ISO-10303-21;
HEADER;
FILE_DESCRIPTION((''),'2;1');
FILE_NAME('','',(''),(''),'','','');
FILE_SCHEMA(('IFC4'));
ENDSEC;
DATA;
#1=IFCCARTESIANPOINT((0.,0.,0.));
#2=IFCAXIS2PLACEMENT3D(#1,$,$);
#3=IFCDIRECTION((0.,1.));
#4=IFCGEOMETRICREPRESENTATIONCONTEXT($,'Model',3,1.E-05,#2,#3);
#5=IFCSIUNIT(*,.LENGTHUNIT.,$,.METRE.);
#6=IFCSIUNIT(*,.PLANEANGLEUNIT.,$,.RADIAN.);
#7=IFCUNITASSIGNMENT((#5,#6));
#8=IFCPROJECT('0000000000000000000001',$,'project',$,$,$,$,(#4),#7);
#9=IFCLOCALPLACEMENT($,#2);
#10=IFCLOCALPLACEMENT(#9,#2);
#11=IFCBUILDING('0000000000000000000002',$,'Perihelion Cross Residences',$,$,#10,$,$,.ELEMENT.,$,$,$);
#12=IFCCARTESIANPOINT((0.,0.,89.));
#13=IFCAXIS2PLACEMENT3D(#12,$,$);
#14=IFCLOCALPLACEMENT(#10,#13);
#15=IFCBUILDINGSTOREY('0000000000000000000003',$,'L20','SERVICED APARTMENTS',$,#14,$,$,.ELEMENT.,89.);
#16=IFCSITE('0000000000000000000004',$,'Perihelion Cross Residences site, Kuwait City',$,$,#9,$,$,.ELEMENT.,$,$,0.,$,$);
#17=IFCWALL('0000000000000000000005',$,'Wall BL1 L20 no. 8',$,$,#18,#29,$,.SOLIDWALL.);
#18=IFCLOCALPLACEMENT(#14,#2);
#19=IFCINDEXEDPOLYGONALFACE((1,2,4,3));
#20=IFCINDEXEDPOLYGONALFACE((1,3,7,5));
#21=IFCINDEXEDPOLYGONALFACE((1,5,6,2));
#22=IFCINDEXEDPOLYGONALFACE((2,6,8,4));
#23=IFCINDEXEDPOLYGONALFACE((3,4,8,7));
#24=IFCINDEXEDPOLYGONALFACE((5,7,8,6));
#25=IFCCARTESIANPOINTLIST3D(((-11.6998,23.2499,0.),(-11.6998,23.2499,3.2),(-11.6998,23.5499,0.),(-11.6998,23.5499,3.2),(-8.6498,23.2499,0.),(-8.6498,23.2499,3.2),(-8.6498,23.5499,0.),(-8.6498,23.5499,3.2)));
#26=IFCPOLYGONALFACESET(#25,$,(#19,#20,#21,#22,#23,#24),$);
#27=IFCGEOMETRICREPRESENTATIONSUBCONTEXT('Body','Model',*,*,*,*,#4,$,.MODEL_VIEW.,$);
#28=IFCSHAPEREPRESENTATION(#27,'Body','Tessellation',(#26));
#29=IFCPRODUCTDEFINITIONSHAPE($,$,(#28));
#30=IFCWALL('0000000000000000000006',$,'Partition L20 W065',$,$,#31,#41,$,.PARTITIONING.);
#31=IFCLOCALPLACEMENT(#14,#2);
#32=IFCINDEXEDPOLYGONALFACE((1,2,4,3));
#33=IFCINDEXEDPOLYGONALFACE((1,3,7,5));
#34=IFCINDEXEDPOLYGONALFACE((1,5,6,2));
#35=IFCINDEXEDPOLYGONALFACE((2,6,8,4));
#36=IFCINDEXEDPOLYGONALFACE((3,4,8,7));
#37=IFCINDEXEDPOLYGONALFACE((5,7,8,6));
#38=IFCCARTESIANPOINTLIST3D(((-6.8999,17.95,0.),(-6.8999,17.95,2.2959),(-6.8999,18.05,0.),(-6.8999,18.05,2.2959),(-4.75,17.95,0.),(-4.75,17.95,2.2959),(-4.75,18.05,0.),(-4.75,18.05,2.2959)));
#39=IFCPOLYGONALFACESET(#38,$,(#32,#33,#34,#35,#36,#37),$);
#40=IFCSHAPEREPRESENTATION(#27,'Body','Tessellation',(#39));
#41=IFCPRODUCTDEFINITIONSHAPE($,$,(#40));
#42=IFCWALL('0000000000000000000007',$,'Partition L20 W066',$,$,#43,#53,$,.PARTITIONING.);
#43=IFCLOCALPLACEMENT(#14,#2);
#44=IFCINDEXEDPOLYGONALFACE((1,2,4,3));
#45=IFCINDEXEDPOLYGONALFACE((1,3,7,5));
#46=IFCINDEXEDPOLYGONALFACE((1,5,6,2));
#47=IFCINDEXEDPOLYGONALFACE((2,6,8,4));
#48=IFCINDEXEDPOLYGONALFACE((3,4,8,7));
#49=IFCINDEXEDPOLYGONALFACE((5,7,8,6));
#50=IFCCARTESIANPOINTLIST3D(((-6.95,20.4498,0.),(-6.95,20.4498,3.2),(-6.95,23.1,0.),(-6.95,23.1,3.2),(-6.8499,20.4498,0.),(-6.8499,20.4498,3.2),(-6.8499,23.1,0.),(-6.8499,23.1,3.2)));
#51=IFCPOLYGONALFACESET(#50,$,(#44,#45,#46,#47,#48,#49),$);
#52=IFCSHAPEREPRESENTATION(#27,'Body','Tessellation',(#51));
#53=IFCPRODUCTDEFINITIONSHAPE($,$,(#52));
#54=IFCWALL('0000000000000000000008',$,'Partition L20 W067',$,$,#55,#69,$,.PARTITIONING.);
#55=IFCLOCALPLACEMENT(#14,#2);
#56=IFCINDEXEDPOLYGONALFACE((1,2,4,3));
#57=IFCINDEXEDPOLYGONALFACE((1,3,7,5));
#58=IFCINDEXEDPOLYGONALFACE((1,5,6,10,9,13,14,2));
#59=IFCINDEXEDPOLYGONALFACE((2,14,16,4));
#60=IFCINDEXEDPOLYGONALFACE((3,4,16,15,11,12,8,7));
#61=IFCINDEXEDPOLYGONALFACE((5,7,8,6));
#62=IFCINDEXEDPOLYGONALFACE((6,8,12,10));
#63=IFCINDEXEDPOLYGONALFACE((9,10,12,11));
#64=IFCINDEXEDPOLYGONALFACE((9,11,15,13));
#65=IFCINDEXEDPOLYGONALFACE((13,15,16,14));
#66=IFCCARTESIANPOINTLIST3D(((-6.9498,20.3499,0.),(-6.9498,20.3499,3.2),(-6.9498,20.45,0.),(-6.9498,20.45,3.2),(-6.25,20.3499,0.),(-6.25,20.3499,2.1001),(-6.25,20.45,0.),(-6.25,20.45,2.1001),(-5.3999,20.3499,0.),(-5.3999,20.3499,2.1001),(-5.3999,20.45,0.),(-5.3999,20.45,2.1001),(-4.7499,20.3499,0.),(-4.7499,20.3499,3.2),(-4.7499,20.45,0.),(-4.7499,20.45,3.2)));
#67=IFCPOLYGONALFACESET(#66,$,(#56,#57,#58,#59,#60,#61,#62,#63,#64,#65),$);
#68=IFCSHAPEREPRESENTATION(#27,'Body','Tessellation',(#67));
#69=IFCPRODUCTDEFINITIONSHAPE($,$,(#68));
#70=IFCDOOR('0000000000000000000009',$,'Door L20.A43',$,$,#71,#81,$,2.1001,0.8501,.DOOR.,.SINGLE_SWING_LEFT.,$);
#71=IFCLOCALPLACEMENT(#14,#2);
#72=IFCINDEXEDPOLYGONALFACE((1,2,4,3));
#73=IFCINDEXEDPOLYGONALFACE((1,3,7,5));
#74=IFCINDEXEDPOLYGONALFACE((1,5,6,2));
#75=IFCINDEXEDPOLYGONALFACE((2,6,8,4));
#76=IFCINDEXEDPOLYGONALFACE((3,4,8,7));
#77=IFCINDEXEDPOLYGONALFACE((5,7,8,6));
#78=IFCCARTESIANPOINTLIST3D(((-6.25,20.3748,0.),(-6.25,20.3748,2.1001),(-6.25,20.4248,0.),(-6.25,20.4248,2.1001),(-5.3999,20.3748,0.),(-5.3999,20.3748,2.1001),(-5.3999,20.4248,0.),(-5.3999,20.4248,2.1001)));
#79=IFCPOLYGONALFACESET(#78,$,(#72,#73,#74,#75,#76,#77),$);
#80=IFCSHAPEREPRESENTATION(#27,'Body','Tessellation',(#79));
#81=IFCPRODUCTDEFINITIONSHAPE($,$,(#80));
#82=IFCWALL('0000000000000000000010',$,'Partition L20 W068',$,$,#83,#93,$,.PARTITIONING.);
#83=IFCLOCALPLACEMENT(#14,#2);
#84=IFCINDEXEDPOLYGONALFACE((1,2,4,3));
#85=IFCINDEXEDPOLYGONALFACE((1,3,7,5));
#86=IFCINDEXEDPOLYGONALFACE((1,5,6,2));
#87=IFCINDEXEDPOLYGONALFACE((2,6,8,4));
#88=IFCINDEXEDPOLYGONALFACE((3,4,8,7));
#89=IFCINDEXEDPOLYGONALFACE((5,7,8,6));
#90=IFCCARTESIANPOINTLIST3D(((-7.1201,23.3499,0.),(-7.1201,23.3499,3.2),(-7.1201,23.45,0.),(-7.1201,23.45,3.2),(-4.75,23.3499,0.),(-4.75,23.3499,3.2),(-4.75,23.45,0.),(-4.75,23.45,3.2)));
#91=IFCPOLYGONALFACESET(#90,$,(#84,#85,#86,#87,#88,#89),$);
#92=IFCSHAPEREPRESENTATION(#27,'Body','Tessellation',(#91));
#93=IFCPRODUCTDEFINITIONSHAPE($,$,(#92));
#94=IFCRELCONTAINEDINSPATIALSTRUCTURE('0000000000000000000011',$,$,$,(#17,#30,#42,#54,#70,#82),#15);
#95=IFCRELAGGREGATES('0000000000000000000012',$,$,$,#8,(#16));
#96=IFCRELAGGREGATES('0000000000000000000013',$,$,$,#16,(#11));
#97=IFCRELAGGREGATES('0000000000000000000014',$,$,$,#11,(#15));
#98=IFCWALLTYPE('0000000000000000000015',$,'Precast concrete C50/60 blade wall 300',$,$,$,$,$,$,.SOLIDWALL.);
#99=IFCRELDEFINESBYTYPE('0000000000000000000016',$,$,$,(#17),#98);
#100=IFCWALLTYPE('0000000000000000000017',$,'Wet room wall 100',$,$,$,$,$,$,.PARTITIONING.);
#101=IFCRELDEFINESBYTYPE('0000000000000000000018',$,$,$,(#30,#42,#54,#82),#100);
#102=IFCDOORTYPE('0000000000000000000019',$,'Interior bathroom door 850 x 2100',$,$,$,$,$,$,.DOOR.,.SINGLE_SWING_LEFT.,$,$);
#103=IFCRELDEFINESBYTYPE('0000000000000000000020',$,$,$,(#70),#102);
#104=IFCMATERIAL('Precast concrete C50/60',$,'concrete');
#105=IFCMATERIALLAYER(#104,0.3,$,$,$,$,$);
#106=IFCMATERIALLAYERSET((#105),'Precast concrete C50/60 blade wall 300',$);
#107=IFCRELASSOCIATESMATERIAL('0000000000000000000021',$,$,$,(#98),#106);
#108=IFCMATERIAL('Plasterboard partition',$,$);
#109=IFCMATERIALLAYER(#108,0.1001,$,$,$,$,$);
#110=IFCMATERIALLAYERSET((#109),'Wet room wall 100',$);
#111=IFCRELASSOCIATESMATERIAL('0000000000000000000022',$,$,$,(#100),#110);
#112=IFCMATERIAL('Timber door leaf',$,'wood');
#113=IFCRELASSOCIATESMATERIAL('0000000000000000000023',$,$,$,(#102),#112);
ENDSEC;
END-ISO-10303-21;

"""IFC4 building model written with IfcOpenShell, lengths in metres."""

from ifc_helpers import new_model, si_unit, direction, frame, frame_2d, origin, place, context, subcontext, project, spatial, rectangle, extrude, material, layer, layer_set, type_object, element, fill, save


model = new_model("IFC4")

# Units and contexts
model_context = context("Model", 3, precision=1e-05, world=origin(), true_north=direction((0.0, 1.0)))
body_context = subcontext(model_context, "Body", "Model", "MODEL_VIEW")
ifc_project = project(units=[si_unit("LENGTHUNIT", "METRE"), si_unit("PLANEANGLEUNIT", "RADIAN")], contexts=[model_context])

# Site, building, storey
site_placement = place(None, origin())
site = spatial("IfcSite", under=ifc_project, at=site_placement, Name="Perihelion Cross Residences site, Kuwait City", CompositionType="ELEMENT", RefElevation=0.0)
building_placement = place(site_placement, origin())
building = spatial("IfcBuilding", under=site, at=building_placement, Name="Perihelion Cross Residences", CompositionType="ELEMENT")
storey_placement = place(building_placement, frame((0.0, 0.0, 89.0)))
storey = spatial("IfcBuildingStorey", under=building, at=storey_placement, Name="L20", Description="SERVICED APARTMENTS", CompositionType="ELEMENT", Elevation=89.0)

# Walls
ifc_material_1 = material(Name="Precast concrete C50/60", Category="concrete")
ifc_layer_1 = layer(ifc_material_1, 0.3)
ifc_layer_set_1 = layer_set([ifc_layer_1], Name="Precast concrete C50/60 blade wall 300")
wall_type_1 = type_object("IfcWallType", Name="Precast concrete C50/60 blade wall 300", PredefinedType="SOLIDWALL", material=ifc_layer_set_1)
wall_1_placement = place(storey_placement, frame((-8.6499, 23.3999, 0.0), z_axis=(0.0, 0.0, 1.0), x_axis=(-1.0, 0.0, 0.0)))
element("IfcWall", 1, at=wall_1_placement, inside=storey, type_object=wall_type_1, Name="Wall BL1 L20 no. 8", PredefinedType="SOLIDWALL", context=body_context, shape_type="SweptSolid", body=[
    extrude(rectangle(XDim=3.05, YDim=0.3, at=frame_2d((1.5249, 0.0))), origin(), (0.0, 0.0, 1.0), 3.2),
])
ifc_material_2 = material(Name="Plasterboard partition")
ifc_layer_2 = layer(ifc_material_2, 0.1001)
ifc_layer_set_2 = layer_set([ifc_layer_2], Name="Wet room wall 100")
wall_type_2 = type_object("IfcWallType", Name="Wet room wall 100", PredefinedType="PARTITIONING", material=ifc_layer_set_2)
wall_2_placement = place(storey_placement, frame((-6.8999, 18.0, 0.0), z_axis=(0.0, 0.0, 1.0), x_axis=(1.0, 0.0, 0.0)))
element("IfcWall", 2, at=wall_2_placement, inside=storey, type_object=wall_type_2, Name="Partition L20 W065", PredefinedType="PARTITIONING", context=body_context, shape_type="SweptSolid", body=[
    extrude(rectangle(XDim=2.1499, YDim=0.1001, at=frame_2d((1.075, 0.0))), origin(), (0.0, 0.0, 1.0), 2.2959),
])
wall_3_placement = place(storey_placement, frame((-6.8999, 23.1001, 0.0), z_axis=(0.0, 0.0, 1.0), x_axis=(0.0, -1.0, 0.0)))
element("IfcWall", 3, at=wall_3_placement, inside=storey, type_object=wall_type_2, Name="Partition L20 W066", PredefinedType="PARTITIONING", context=body_context, shape_type="SweptSolid", body=[
    extrude(rectangle(XDim=2.6501, YDim=0.1001, at=frame_2d((1.3252, 0.0))), origin(), (0.0, 0.0, 1.0), 3.2),
])

# Wall, opening, door
wall_4_placement = place(storey_placement, frame((-6.95, 20.3999, 0.0), z_axis=(0.0, 0.0, 1.0), x_axis=(1.0, 0.0, 0.0)))
wall_4 = element("IfcWall", 4, at=wall_4_placement, inside=storey, type_object=wall_type_2, Name="Partition L20 W067", PredefinedType="PARTITIONING", context=body_context, shape_type="SweptSolid", body=[
    extrude(rectangle(XDim=2.2, YDim=0.1001, at=frame_2d((1.1001, 0.0))), origin(), (0.0, 0.0, 1.0), 3.2),
])
opening_1_placement = place(wall_4_placement, frame((0.7, 0.0, 0.0)))
opening_1 = element("IfcOpeningElement", 5, at=opening_1_placement, cuts=wall_4, PredefinedType="OPENING", context=body_context, shape_type="SweptSolid", body=[
    extrude(rectangle(XDim=0.8501, YDim=2.1001, at=frame_2d((0.425, 1.05))), frame((0.0, 0.0601, 0.0), z_axis=(0.0, -1.0, 0.0), x_axis=(1.0, 0.0, 0.0)), (0.0, 0.0, 1.0), 0.1201),
])
ifc_material_3 = material(Name="Timber door leaf", Category="wood")
door_type_1 = type_object("IfcDoorType", Name="Interior bathroom door 850 x 2100", OperationType="SINGLE_SWING_LEFT", PredefinedType="DOOR", material=ifc_material_3)
door_1_placement = place(opening_1_placement, origin())
door_1 = element("IfcDoor", 6, at=door_1_placement, inside=storey, type_object=door_type_1, Name="Door L20.A43", OperationType="SINGLE_SWING_LEFT", OverallHeight=2.1001, OverallWidth=0.8501, PredefinedType="DOOR", context=body_context, shape_type="SweptSolid", body=[
    extrude(rectangle(XDim=0.8501, YDim=2.1001, at=frame_2d((0.425, 1.05))), frame((0.0, 0.0249, 0.0), z_axis=(0.0, -1.0, 0.0), x_axis=(1.0, 0.0, 0.0)), (0.0, 0.0, 1.0), 0.05),
])
fill(opening_1, door_1)

# Wall
wall_5_placement = place(storey_placement, frame((-7.1201, 23.3999, 0.0), z_axis=(0.0, 0.0, 1.0), x_axis=(1.0, 0.0, 0.0)))
element("IfcWall", 7, at=wall_5_placement, inside=storey, type_object=wall_type_2, Name="Partition L20 W068", PredefinedType="PARTITIONING", context=body_context, shape_type="SweptSolid", body=[
    extrude(rectangle(XDim=2.3701, YDim=0.1001, at=frame_2d((1.1851, 0.0))), origin(), (0.0, 0.0, 1.0), 3.2),
])

save(model, "model.ifc")
